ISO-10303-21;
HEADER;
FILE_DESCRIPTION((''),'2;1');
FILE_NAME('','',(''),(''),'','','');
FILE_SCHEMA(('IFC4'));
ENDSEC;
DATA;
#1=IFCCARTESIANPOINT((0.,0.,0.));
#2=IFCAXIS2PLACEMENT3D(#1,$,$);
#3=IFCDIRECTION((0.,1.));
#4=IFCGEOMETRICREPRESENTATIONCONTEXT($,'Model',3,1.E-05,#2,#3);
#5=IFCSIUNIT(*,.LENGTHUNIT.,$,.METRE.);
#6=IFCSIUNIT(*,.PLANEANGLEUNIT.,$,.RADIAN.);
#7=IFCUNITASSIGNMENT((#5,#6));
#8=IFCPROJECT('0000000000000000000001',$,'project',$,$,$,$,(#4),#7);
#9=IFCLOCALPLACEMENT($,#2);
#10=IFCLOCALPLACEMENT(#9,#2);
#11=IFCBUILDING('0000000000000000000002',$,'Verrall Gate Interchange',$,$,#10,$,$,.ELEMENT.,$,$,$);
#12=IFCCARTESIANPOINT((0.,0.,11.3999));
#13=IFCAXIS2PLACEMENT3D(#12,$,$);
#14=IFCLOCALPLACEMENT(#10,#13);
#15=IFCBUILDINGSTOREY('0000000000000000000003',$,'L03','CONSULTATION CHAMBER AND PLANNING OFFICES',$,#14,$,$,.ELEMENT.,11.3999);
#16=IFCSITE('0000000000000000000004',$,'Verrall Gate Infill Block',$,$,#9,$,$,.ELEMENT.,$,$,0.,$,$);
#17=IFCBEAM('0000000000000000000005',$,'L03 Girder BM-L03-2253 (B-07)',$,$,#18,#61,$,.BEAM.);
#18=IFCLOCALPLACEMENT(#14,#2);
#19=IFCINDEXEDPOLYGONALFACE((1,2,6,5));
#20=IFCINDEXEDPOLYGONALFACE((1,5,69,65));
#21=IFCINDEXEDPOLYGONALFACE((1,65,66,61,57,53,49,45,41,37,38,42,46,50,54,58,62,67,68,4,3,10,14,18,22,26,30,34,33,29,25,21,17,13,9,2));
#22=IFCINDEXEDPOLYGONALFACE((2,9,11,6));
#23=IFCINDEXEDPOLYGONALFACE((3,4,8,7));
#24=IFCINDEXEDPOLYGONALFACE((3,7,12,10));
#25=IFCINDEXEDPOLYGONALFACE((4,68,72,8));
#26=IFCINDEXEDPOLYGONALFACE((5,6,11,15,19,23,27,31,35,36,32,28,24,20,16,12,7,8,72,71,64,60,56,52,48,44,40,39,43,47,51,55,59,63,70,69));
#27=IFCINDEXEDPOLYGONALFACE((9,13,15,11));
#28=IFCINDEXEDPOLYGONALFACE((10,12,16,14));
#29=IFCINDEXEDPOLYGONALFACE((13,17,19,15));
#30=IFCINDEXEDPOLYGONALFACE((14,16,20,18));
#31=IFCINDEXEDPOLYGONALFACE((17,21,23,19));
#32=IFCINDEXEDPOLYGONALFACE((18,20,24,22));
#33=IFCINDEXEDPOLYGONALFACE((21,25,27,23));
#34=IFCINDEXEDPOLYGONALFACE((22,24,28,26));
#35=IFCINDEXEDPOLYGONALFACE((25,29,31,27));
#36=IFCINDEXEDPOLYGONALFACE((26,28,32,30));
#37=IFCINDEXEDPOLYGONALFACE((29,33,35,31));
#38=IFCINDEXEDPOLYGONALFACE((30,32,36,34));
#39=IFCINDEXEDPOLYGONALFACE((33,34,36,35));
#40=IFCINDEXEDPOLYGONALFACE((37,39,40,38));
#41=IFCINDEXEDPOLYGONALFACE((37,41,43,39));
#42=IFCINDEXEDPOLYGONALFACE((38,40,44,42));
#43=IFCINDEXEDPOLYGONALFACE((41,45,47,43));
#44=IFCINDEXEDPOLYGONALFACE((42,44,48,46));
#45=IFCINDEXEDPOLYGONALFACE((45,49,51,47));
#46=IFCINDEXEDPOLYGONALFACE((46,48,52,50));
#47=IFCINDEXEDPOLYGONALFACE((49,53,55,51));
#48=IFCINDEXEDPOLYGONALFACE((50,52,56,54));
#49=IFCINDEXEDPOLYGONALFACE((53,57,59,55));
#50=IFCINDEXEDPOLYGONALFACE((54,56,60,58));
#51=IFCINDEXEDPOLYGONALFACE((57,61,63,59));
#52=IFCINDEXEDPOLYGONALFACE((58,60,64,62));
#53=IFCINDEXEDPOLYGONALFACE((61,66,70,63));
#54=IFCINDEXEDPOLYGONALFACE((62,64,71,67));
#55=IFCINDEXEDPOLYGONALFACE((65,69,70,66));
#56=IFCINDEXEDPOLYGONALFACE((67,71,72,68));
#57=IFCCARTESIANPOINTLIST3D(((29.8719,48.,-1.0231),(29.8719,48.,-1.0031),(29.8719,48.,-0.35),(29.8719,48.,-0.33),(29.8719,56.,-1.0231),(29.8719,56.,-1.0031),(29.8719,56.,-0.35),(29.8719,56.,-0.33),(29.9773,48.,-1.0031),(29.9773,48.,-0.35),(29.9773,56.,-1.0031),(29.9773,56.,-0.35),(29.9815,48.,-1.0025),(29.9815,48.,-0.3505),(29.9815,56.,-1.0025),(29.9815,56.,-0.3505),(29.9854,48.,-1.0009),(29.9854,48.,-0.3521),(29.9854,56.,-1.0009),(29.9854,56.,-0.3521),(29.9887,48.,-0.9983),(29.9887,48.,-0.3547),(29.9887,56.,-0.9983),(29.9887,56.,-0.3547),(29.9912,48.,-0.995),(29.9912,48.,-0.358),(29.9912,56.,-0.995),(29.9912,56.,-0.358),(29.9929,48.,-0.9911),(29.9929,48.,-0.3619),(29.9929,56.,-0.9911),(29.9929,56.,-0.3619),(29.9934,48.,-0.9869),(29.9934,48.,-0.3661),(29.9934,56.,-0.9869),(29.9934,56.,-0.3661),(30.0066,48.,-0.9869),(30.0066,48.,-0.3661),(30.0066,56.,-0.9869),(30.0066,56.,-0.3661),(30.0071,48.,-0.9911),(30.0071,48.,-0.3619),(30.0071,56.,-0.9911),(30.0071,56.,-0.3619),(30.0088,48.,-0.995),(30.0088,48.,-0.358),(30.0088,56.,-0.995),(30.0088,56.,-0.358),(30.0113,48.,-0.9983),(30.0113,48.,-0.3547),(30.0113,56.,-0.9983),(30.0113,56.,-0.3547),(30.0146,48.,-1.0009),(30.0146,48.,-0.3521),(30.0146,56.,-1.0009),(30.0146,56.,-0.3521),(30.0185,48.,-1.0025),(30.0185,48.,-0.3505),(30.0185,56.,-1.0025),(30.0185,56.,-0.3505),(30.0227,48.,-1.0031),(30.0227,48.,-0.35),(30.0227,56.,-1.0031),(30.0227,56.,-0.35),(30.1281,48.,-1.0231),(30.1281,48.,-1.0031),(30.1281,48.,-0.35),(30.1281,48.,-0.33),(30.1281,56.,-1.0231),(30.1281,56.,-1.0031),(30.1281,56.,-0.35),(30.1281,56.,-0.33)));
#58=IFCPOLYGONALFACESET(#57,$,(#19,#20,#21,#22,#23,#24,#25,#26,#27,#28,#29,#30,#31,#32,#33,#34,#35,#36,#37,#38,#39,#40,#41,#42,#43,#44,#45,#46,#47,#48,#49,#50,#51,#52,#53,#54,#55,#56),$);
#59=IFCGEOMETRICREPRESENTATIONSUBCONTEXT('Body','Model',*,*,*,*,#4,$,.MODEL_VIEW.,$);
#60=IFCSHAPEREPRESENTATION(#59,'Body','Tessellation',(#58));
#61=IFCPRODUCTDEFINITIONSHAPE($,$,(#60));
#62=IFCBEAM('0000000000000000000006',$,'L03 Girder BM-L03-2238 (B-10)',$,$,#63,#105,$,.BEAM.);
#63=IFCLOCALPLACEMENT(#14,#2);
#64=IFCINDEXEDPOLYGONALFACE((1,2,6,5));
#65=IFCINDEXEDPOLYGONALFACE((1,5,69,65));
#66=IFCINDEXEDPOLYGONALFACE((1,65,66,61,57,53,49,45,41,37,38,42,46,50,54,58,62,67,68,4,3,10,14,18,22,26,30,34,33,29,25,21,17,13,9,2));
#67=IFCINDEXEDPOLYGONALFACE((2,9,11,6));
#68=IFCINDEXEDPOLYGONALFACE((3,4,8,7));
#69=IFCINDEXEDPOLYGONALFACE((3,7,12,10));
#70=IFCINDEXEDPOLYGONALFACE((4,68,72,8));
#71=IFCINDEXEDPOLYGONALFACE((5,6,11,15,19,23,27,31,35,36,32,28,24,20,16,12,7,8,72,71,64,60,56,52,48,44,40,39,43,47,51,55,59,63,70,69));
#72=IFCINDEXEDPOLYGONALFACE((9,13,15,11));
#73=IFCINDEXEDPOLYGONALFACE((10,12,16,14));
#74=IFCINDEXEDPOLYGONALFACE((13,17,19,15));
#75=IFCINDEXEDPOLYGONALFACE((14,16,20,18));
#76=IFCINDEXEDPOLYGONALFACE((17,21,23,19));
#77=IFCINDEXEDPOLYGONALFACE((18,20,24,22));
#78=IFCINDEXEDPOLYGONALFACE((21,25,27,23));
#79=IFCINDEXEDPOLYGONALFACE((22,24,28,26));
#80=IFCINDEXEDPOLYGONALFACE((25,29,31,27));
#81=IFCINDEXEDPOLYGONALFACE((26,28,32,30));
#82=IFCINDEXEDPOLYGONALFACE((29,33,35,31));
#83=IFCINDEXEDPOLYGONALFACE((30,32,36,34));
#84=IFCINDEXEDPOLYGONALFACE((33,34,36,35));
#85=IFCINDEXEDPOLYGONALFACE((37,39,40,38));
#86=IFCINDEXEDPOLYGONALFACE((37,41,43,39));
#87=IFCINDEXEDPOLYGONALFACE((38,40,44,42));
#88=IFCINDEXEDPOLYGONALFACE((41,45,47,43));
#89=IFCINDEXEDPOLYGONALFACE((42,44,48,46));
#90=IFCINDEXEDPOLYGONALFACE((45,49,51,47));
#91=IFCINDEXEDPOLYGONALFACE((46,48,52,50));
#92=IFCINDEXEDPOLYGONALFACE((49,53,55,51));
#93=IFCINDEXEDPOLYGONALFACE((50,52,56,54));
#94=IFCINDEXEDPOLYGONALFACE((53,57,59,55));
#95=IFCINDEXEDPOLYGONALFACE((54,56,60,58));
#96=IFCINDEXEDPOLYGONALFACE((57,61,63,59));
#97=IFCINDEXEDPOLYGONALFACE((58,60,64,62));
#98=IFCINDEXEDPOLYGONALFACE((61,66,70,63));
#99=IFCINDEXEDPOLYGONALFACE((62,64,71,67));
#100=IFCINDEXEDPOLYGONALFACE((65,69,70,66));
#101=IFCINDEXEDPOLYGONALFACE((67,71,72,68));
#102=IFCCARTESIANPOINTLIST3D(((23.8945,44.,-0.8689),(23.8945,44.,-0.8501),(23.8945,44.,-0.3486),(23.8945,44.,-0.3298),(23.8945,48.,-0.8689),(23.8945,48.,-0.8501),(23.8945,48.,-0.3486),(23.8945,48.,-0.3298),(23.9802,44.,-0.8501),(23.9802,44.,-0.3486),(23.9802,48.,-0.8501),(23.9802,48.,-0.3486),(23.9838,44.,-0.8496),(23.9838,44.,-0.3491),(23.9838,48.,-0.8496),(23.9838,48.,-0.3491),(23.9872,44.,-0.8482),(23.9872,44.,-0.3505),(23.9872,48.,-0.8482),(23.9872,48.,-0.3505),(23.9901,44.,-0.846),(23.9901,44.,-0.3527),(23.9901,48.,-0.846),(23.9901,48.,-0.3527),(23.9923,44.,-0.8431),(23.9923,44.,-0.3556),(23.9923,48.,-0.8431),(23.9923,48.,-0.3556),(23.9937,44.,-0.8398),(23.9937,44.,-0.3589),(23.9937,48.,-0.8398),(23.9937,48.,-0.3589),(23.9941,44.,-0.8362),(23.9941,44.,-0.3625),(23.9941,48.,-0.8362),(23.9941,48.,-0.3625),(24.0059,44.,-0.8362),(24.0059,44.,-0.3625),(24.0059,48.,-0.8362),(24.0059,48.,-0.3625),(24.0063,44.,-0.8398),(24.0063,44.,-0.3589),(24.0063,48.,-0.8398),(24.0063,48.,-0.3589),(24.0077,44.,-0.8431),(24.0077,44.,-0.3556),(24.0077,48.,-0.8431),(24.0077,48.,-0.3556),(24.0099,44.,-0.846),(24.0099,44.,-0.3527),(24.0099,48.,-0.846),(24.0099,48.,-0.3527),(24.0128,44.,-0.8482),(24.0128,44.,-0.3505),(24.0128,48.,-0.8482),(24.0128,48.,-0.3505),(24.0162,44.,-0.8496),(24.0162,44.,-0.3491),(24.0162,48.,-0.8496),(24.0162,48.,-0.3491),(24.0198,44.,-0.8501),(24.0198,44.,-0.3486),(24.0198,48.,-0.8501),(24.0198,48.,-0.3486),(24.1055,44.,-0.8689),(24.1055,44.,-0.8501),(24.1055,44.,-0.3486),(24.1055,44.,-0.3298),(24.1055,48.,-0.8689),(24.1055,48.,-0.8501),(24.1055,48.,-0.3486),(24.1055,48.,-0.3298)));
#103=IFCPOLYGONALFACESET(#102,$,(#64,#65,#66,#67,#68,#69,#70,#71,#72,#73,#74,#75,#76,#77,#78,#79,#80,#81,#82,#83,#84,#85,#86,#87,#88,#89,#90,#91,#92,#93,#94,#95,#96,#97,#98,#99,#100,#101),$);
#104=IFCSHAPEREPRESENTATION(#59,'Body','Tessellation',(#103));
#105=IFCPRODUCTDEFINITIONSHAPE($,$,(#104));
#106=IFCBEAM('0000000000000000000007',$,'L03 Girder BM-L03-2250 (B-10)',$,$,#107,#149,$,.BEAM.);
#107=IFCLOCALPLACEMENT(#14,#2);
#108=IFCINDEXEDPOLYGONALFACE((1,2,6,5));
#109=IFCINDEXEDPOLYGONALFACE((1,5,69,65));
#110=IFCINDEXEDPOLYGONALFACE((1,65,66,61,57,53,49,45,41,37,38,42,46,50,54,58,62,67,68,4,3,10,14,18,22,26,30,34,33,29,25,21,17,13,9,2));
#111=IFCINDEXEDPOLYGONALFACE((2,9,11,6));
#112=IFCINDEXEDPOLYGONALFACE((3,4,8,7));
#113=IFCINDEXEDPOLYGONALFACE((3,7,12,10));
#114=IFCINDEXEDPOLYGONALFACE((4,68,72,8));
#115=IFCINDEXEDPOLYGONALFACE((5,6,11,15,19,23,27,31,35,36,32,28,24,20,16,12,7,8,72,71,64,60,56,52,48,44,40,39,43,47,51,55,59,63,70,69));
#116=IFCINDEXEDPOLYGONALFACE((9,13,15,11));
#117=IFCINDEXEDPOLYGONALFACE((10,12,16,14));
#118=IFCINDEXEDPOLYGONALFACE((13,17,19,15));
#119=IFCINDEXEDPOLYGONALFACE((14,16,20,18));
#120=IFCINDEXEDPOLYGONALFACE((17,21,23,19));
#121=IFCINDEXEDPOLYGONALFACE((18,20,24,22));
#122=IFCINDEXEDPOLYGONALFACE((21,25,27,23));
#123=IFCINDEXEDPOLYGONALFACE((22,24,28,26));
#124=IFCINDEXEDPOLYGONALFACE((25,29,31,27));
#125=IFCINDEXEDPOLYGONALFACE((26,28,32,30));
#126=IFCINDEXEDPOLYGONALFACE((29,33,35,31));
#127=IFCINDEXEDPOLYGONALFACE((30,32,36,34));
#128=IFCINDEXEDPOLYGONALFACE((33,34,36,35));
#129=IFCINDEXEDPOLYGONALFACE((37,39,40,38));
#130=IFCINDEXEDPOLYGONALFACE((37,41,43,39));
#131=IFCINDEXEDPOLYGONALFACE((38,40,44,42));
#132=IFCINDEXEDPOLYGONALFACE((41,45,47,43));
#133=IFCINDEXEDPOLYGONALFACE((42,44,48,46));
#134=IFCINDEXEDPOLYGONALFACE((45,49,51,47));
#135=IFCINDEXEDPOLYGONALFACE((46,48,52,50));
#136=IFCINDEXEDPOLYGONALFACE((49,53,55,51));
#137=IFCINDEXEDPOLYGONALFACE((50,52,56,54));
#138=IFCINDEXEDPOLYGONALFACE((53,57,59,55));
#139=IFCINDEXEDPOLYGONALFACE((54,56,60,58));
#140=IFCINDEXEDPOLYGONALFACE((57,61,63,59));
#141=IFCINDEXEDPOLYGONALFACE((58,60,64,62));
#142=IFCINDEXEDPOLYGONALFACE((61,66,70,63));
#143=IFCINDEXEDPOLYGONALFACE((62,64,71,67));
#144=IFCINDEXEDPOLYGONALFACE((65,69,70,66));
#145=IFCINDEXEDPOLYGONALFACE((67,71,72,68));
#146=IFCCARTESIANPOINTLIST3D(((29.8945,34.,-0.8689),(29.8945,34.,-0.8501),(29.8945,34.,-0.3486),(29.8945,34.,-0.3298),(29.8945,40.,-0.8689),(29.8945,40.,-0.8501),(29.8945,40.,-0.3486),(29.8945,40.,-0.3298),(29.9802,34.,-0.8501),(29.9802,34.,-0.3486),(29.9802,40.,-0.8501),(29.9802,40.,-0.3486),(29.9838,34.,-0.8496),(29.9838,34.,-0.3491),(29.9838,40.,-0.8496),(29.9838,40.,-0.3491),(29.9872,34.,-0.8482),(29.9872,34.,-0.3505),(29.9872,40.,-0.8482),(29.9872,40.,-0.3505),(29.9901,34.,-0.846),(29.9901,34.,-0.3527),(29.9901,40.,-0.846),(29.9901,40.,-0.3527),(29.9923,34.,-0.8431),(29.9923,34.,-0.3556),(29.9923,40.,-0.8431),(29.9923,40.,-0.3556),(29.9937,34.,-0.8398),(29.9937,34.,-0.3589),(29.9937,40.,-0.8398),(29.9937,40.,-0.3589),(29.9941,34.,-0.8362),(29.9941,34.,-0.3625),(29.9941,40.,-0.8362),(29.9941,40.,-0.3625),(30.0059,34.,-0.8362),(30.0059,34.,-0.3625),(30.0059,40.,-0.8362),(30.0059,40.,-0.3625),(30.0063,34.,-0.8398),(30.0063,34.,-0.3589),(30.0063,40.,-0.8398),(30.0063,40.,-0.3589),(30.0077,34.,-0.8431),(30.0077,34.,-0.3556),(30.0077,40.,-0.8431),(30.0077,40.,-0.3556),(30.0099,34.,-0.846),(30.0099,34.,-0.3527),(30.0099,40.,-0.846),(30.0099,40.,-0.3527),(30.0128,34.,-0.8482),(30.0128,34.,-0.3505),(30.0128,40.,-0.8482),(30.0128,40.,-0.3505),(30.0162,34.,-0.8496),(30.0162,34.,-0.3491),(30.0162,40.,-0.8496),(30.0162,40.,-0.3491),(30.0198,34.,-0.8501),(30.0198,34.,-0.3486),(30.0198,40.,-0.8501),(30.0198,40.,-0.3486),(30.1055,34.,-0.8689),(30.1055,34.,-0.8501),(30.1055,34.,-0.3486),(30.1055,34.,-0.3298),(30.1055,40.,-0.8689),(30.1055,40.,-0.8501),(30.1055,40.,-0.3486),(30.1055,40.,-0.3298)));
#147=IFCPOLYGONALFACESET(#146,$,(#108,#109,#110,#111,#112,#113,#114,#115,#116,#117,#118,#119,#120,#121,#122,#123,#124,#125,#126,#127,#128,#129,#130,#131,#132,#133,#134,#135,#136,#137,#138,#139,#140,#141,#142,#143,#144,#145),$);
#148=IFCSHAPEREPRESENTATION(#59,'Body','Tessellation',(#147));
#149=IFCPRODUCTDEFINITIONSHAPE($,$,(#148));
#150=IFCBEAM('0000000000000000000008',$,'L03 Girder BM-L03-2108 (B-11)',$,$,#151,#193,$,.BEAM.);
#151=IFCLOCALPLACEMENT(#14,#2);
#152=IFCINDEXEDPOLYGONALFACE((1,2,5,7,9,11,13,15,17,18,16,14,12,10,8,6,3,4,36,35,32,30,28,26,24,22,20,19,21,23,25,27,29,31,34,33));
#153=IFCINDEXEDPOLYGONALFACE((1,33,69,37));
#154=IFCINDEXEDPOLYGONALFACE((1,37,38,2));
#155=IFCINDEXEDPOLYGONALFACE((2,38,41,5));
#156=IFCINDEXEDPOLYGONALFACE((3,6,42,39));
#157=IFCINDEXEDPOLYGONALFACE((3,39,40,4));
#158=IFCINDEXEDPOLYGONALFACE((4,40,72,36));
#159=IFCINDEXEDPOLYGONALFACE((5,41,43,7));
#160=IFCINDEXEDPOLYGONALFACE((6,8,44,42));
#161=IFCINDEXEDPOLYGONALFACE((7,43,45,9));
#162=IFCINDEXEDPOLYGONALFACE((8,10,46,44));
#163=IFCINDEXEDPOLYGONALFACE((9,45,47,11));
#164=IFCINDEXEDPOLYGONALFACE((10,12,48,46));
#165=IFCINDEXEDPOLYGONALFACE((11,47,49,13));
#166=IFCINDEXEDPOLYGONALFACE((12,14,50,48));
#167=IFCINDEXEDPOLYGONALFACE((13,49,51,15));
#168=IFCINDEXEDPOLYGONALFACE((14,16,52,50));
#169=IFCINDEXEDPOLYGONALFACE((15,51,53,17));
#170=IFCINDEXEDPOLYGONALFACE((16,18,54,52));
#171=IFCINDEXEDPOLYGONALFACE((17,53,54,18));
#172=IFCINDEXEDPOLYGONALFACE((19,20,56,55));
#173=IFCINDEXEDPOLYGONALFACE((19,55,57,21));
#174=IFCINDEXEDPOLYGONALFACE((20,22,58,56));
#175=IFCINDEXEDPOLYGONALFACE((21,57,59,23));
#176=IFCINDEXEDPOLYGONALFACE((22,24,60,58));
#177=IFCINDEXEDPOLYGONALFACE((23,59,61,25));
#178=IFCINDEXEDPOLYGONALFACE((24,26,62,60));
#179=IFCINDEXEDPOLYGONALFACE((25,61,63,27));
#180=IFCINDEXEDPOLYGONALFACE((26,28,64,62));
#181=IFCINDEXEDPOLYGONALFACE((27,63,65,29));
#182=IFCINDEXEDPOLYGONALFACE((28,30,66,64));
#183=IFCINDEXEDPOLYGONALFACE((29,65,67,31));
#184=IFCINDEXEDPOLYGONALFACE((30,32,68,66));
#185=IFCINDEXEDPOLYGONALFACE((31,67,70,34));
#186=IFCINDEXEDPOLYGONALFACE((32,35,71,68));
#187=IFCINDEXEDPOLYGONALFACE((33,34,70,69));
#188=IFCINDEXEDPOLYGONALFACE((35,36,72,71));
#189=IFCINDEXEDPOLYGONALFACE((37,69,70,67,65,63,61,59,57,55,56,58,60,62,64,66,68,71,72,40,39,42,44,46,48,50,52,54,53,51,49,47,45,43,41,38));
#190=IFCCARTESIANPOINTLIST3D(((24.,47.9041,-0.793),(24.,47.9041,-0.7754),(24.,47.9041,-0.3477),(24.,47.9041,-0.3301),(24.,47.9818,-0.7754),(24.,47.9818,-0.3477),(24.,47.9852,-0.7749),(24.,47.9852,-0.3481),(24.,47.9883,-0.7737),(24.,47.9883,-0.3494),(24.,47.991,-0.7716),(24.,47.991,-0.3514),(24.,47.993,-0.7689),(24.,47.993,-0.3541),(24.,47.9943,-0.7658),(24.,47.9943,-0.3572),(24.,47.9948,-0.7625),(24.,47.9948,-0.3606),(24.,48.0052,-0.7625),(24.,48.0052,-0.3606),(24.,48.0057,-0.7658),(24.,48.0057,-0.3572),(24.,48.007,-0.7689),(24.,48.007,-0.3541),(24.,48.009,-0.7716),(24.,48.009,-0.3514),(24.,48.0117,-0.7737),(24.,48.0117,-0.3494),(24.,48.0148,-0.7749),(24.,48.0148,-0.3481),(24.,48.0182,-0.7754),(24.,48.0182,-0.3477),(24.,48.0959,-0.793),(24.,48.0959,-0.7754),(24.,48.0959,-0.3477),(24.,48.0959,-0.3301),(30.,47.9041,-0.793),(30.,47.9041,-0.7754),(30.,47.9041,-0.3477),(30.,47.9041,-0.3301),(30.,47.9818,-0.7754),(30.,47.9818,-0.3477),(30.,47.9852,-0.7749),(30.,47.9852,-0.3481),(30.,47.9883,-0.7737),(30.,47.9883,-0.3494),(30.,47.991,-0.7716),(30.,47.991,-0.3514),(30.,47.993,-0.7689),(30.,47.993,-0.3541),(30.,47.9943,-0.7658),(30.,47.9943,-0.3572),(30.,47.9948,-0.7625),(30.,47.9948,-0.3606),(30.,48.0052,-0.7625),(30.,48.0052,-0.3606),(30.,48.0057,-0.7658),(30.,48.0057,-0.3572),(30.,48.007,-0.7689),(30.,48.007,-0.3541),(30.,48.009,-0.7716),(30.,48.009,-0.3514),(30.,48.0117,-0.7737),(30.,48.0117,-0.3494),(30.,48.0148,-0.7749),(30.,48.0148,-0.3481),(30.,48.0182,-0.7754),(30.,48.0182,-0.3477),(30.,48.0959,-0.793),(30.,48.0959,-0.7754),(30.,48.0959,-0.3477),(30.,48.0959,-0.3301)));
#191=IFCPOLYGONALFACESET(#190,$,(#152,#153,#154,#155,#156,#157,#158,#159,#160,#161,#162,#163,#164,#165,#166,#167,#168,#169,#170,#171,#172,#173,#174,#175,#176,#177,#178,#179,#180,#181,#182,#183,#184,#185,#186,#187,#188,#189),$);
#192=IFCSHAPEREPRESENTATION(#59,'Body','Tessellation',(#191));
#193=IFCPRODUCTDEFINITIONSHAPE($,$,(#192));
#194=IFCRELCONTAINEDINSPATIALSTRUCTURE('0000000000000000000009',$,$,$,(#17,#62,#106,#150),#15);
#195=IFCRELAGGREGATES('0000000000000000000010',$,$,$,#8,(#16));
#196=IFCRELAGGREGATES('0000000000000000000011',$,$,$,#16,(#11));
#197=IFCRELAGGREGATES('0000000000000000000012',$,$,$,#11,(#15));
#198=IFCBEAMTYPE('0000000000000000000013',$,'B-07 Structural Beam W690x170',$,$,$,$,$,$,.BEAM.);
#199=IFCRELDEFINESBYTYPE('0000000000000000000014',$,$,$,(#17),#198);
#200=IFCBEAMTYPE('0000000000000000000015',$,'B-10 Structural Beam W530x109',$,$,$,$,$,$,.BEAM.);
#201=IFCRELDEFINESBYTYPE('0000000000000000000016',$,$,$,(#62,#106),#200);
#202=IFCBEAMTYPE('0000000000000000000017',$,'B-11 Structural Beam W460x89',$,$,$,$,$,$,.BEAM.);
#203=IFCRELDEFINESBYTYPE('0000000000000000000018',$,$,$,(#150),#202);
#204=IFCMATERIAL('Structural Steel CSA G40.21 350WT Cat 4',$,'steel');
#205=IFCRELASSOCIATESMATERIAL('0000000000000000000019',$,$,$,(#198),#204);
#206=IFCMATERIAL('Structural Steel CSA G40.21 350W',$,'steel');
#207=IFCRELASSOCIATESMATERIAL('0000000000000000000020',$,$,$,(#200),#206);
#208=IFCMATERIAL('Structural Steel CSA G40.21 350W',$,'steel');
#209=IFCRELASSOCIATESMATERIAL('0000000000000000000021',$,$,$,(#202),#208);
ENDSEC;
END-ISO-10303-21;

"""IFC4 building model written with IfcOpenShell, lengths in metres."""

from ifc_helpers import new_model, si_unit, direction, frame, origin, origin_2d, place, context, subcontext, project, spatial, i_section, extrude, material, material_profile, profile_set, type_object, element, save


model = new_model("IFC4")

# Units and contexts
model_context = context("Model", 3, precision=1e-05, world=origin(), true_north=direction((0.0, 1.0)))
body_context = subcontext(model_context, "Body", "Model", "MODEL_VIEW")
ifc_project = project(units=[si_unit("LENGTHUNIT", "METRE"), si_unit("PLANEANGLEUNIT", "RADIAN")], contexts=[model_context])

# Site, building, storey
site_placement = place(None, origin())
site = spatial("IfcSite", under=ifc_project, at=site_placement, Name="Verrall Gate Infill Block", CompositionType="ELEMENT", RefElevation=0.0)
building_placement = place(site_placement, origin())
building = spatial("IfcBuilding", under=site, at=building_placement, Name="Verrall Gate Interchange", CompositionType="ELEMENT")
storey_placement = place(building_placement, frame((0.0, 0.0, 11.3999)))
storey = spatial("IfcBuildingStorey", under=building, at=storey_placement, Name="L03", Description="CONSULTATION CHAMBER AND PLANNING OFFICES", CompositionType="ELEMENT", Elevation=11.3999)

# Beams
ifc_material_1 = material(Name="Structural Steel CSA G40.21 350WT Cat 4", Category="steel")
ifc_material_profile_1 = material_profile(ifc_material_1, i_section(OverallWidth=0.2561, OverallDepth=0.6931, WebThickness=0.0132, FlangeThickness=0.02, FilletRadius=0.0161, at=origin_2d()), Name="W690x170")
ifc_profile_set_1 = profile_set([ifc_material_profile_1], Name="Structural Steel CSA G40.21 350WT Cat 4")
beam_type_1 = type_object("IfcBeamType", Name="B-07 Structural Beam W690x170", PredefinedType="BEAM", material=ifc_profile_set_1)
for number, where, z_axis, x_axis, name in (
    (1, (30.0, 48.0, -0.6765), (0.0, 1.0, 0.0), (-1.0, 0.0, 0.0), "L03 Girder BM-L03-2253 (B-07)"),
):
    element("IfcBeam", number, at=place(storey_placement, frame(where, z_axis=z_axis, x_axis=x_axis)), inside=storey, type_object=beam_type_1, Name=name, PredefinedType="BEAM", context=body_context, shape_type="SweptSolid", body=[
        extrude(i_section(OverallWidth=0.2561, OverallDepth=0.6931, WebThickness=0.0132, FlangeThickness=0.02, FilletRadius=0.0161, at=origin_2d()), origin(), (0.0, 0.0, 1.0), 8.0),
    ])
ifc_material_2 = material(Name="Structural Steel CSA G40.21 350W", Category="steel")
ifc_material_profile_2 = material_profile(ifc_material_2, i_section(OverallWidth=0.2109, OverallDepth=0.5391, WebThickness=0.0117, FlangeThickness=0.0188, FilletRadius=0.0139, at=origin_2d()), Name="W530x109")
ifc_profile_set_2 = profile_set([ifc_material_profile_2], Name="Structural Steel CSA G40.21 350W")
beam_type_2 = type_object("IfcBeamType", Name="B-10 Structural Beam W530x109", PredefinedType="BEAM", material=ifc_profile_set_2)
beam_1_placement = place(storey_placement, frame((24.0, 44.0, -0.5994), z_axis=(0.0, 1.0, 0.0), x_axis=(-1.0, 0.0, 0.0)))
element("IfcBeam", 2, at=beam_1_placement, inside=storey, type_object=beam_type_2, Name="L03 Girder BM-L03-2238 (B-10)", PredefinedType="BEAM", context=body_context, shape_type="SweptSolid", body=[
    extrude(i_section(OverallWidth=0.2109, OverallDepth=0.5391, WebThickness=0.0117, FlangeThickness=0.0188, FilletRadius=0.0139, at=origin_2d()), origin(), (0.0, 0.0, 1.0), 4.0),
])
beam_2_placement = place(storey_placement, frame((30.0, 34.0, -0.5994), z_axis=(0.0, 1.0, 0.0), x_axis=(-1.0, 0.0, 0.0)))
element("IfcBeam", 3, at=beam_2_placement, inside=storey, type_object=beam_type_2, Name="L03 Girder BM-L03-2250 (B-10)", PredefinedType="BEAM", context=body_context, shape_type="SweptSolid", body=[
    extrude(i_section(OverallWidth=0.2109, OverallDepth=0.5391, WebThickness=0.0117, FlangeThickness=0.0188, FilletRadius=0.0139, at=origin_2d()), origin(), (0.0, 0.0, 1.0), 6.0),
])
ifc_material_3 = material(Name="Structural Steel CSA G40.21 350W", Category="steel")
ifc_material_profile_3 = material_profile(ifc_material_3, i_section(OverallWidth=0.1919, OverallDepth=0.4629, WebThickness=0.0105, FlangeThickness=0.0176, FilletRadius=0.0129, at=origin_2d()), Name="W460x89")
ifc_profile_set_3 = profile_set([ifc_material_profile_3], Name="Structural Steel CSA G40.21 350W")
beam_type_3 = type_object("IfcBeamType", Name="B-11 Structural Beam W460x89", PredefinedType="BEAM", material=ifc_profile_set_3)
beam_3_placement = place(storey_placement, frame((24.0, 48.0, -0.5615), z_axis=(1.0, 0.0, 0.0), x_axis=(0.0, 1.0, 0.0)))
element("IfcBeam", 4, at=beam_3_placement, inside=storey, type_object=beam_type_3, Name="L03 Girder BM-L03-2108 (B-11)", PredefinedType="BEAM", context=body_context, shape_type="SweptSolid", body=[
    extrude(i_section(OverallWidth=0.1919, OverallDepth=0.4629, WebThickness=0.0105, FlangeThickness=0.0176, FilletRadius=0.0129, at=origin_2d()), origin(), (0.0, 0.0, 1.0), 6.0),
])

save(model, "model.ifc")
